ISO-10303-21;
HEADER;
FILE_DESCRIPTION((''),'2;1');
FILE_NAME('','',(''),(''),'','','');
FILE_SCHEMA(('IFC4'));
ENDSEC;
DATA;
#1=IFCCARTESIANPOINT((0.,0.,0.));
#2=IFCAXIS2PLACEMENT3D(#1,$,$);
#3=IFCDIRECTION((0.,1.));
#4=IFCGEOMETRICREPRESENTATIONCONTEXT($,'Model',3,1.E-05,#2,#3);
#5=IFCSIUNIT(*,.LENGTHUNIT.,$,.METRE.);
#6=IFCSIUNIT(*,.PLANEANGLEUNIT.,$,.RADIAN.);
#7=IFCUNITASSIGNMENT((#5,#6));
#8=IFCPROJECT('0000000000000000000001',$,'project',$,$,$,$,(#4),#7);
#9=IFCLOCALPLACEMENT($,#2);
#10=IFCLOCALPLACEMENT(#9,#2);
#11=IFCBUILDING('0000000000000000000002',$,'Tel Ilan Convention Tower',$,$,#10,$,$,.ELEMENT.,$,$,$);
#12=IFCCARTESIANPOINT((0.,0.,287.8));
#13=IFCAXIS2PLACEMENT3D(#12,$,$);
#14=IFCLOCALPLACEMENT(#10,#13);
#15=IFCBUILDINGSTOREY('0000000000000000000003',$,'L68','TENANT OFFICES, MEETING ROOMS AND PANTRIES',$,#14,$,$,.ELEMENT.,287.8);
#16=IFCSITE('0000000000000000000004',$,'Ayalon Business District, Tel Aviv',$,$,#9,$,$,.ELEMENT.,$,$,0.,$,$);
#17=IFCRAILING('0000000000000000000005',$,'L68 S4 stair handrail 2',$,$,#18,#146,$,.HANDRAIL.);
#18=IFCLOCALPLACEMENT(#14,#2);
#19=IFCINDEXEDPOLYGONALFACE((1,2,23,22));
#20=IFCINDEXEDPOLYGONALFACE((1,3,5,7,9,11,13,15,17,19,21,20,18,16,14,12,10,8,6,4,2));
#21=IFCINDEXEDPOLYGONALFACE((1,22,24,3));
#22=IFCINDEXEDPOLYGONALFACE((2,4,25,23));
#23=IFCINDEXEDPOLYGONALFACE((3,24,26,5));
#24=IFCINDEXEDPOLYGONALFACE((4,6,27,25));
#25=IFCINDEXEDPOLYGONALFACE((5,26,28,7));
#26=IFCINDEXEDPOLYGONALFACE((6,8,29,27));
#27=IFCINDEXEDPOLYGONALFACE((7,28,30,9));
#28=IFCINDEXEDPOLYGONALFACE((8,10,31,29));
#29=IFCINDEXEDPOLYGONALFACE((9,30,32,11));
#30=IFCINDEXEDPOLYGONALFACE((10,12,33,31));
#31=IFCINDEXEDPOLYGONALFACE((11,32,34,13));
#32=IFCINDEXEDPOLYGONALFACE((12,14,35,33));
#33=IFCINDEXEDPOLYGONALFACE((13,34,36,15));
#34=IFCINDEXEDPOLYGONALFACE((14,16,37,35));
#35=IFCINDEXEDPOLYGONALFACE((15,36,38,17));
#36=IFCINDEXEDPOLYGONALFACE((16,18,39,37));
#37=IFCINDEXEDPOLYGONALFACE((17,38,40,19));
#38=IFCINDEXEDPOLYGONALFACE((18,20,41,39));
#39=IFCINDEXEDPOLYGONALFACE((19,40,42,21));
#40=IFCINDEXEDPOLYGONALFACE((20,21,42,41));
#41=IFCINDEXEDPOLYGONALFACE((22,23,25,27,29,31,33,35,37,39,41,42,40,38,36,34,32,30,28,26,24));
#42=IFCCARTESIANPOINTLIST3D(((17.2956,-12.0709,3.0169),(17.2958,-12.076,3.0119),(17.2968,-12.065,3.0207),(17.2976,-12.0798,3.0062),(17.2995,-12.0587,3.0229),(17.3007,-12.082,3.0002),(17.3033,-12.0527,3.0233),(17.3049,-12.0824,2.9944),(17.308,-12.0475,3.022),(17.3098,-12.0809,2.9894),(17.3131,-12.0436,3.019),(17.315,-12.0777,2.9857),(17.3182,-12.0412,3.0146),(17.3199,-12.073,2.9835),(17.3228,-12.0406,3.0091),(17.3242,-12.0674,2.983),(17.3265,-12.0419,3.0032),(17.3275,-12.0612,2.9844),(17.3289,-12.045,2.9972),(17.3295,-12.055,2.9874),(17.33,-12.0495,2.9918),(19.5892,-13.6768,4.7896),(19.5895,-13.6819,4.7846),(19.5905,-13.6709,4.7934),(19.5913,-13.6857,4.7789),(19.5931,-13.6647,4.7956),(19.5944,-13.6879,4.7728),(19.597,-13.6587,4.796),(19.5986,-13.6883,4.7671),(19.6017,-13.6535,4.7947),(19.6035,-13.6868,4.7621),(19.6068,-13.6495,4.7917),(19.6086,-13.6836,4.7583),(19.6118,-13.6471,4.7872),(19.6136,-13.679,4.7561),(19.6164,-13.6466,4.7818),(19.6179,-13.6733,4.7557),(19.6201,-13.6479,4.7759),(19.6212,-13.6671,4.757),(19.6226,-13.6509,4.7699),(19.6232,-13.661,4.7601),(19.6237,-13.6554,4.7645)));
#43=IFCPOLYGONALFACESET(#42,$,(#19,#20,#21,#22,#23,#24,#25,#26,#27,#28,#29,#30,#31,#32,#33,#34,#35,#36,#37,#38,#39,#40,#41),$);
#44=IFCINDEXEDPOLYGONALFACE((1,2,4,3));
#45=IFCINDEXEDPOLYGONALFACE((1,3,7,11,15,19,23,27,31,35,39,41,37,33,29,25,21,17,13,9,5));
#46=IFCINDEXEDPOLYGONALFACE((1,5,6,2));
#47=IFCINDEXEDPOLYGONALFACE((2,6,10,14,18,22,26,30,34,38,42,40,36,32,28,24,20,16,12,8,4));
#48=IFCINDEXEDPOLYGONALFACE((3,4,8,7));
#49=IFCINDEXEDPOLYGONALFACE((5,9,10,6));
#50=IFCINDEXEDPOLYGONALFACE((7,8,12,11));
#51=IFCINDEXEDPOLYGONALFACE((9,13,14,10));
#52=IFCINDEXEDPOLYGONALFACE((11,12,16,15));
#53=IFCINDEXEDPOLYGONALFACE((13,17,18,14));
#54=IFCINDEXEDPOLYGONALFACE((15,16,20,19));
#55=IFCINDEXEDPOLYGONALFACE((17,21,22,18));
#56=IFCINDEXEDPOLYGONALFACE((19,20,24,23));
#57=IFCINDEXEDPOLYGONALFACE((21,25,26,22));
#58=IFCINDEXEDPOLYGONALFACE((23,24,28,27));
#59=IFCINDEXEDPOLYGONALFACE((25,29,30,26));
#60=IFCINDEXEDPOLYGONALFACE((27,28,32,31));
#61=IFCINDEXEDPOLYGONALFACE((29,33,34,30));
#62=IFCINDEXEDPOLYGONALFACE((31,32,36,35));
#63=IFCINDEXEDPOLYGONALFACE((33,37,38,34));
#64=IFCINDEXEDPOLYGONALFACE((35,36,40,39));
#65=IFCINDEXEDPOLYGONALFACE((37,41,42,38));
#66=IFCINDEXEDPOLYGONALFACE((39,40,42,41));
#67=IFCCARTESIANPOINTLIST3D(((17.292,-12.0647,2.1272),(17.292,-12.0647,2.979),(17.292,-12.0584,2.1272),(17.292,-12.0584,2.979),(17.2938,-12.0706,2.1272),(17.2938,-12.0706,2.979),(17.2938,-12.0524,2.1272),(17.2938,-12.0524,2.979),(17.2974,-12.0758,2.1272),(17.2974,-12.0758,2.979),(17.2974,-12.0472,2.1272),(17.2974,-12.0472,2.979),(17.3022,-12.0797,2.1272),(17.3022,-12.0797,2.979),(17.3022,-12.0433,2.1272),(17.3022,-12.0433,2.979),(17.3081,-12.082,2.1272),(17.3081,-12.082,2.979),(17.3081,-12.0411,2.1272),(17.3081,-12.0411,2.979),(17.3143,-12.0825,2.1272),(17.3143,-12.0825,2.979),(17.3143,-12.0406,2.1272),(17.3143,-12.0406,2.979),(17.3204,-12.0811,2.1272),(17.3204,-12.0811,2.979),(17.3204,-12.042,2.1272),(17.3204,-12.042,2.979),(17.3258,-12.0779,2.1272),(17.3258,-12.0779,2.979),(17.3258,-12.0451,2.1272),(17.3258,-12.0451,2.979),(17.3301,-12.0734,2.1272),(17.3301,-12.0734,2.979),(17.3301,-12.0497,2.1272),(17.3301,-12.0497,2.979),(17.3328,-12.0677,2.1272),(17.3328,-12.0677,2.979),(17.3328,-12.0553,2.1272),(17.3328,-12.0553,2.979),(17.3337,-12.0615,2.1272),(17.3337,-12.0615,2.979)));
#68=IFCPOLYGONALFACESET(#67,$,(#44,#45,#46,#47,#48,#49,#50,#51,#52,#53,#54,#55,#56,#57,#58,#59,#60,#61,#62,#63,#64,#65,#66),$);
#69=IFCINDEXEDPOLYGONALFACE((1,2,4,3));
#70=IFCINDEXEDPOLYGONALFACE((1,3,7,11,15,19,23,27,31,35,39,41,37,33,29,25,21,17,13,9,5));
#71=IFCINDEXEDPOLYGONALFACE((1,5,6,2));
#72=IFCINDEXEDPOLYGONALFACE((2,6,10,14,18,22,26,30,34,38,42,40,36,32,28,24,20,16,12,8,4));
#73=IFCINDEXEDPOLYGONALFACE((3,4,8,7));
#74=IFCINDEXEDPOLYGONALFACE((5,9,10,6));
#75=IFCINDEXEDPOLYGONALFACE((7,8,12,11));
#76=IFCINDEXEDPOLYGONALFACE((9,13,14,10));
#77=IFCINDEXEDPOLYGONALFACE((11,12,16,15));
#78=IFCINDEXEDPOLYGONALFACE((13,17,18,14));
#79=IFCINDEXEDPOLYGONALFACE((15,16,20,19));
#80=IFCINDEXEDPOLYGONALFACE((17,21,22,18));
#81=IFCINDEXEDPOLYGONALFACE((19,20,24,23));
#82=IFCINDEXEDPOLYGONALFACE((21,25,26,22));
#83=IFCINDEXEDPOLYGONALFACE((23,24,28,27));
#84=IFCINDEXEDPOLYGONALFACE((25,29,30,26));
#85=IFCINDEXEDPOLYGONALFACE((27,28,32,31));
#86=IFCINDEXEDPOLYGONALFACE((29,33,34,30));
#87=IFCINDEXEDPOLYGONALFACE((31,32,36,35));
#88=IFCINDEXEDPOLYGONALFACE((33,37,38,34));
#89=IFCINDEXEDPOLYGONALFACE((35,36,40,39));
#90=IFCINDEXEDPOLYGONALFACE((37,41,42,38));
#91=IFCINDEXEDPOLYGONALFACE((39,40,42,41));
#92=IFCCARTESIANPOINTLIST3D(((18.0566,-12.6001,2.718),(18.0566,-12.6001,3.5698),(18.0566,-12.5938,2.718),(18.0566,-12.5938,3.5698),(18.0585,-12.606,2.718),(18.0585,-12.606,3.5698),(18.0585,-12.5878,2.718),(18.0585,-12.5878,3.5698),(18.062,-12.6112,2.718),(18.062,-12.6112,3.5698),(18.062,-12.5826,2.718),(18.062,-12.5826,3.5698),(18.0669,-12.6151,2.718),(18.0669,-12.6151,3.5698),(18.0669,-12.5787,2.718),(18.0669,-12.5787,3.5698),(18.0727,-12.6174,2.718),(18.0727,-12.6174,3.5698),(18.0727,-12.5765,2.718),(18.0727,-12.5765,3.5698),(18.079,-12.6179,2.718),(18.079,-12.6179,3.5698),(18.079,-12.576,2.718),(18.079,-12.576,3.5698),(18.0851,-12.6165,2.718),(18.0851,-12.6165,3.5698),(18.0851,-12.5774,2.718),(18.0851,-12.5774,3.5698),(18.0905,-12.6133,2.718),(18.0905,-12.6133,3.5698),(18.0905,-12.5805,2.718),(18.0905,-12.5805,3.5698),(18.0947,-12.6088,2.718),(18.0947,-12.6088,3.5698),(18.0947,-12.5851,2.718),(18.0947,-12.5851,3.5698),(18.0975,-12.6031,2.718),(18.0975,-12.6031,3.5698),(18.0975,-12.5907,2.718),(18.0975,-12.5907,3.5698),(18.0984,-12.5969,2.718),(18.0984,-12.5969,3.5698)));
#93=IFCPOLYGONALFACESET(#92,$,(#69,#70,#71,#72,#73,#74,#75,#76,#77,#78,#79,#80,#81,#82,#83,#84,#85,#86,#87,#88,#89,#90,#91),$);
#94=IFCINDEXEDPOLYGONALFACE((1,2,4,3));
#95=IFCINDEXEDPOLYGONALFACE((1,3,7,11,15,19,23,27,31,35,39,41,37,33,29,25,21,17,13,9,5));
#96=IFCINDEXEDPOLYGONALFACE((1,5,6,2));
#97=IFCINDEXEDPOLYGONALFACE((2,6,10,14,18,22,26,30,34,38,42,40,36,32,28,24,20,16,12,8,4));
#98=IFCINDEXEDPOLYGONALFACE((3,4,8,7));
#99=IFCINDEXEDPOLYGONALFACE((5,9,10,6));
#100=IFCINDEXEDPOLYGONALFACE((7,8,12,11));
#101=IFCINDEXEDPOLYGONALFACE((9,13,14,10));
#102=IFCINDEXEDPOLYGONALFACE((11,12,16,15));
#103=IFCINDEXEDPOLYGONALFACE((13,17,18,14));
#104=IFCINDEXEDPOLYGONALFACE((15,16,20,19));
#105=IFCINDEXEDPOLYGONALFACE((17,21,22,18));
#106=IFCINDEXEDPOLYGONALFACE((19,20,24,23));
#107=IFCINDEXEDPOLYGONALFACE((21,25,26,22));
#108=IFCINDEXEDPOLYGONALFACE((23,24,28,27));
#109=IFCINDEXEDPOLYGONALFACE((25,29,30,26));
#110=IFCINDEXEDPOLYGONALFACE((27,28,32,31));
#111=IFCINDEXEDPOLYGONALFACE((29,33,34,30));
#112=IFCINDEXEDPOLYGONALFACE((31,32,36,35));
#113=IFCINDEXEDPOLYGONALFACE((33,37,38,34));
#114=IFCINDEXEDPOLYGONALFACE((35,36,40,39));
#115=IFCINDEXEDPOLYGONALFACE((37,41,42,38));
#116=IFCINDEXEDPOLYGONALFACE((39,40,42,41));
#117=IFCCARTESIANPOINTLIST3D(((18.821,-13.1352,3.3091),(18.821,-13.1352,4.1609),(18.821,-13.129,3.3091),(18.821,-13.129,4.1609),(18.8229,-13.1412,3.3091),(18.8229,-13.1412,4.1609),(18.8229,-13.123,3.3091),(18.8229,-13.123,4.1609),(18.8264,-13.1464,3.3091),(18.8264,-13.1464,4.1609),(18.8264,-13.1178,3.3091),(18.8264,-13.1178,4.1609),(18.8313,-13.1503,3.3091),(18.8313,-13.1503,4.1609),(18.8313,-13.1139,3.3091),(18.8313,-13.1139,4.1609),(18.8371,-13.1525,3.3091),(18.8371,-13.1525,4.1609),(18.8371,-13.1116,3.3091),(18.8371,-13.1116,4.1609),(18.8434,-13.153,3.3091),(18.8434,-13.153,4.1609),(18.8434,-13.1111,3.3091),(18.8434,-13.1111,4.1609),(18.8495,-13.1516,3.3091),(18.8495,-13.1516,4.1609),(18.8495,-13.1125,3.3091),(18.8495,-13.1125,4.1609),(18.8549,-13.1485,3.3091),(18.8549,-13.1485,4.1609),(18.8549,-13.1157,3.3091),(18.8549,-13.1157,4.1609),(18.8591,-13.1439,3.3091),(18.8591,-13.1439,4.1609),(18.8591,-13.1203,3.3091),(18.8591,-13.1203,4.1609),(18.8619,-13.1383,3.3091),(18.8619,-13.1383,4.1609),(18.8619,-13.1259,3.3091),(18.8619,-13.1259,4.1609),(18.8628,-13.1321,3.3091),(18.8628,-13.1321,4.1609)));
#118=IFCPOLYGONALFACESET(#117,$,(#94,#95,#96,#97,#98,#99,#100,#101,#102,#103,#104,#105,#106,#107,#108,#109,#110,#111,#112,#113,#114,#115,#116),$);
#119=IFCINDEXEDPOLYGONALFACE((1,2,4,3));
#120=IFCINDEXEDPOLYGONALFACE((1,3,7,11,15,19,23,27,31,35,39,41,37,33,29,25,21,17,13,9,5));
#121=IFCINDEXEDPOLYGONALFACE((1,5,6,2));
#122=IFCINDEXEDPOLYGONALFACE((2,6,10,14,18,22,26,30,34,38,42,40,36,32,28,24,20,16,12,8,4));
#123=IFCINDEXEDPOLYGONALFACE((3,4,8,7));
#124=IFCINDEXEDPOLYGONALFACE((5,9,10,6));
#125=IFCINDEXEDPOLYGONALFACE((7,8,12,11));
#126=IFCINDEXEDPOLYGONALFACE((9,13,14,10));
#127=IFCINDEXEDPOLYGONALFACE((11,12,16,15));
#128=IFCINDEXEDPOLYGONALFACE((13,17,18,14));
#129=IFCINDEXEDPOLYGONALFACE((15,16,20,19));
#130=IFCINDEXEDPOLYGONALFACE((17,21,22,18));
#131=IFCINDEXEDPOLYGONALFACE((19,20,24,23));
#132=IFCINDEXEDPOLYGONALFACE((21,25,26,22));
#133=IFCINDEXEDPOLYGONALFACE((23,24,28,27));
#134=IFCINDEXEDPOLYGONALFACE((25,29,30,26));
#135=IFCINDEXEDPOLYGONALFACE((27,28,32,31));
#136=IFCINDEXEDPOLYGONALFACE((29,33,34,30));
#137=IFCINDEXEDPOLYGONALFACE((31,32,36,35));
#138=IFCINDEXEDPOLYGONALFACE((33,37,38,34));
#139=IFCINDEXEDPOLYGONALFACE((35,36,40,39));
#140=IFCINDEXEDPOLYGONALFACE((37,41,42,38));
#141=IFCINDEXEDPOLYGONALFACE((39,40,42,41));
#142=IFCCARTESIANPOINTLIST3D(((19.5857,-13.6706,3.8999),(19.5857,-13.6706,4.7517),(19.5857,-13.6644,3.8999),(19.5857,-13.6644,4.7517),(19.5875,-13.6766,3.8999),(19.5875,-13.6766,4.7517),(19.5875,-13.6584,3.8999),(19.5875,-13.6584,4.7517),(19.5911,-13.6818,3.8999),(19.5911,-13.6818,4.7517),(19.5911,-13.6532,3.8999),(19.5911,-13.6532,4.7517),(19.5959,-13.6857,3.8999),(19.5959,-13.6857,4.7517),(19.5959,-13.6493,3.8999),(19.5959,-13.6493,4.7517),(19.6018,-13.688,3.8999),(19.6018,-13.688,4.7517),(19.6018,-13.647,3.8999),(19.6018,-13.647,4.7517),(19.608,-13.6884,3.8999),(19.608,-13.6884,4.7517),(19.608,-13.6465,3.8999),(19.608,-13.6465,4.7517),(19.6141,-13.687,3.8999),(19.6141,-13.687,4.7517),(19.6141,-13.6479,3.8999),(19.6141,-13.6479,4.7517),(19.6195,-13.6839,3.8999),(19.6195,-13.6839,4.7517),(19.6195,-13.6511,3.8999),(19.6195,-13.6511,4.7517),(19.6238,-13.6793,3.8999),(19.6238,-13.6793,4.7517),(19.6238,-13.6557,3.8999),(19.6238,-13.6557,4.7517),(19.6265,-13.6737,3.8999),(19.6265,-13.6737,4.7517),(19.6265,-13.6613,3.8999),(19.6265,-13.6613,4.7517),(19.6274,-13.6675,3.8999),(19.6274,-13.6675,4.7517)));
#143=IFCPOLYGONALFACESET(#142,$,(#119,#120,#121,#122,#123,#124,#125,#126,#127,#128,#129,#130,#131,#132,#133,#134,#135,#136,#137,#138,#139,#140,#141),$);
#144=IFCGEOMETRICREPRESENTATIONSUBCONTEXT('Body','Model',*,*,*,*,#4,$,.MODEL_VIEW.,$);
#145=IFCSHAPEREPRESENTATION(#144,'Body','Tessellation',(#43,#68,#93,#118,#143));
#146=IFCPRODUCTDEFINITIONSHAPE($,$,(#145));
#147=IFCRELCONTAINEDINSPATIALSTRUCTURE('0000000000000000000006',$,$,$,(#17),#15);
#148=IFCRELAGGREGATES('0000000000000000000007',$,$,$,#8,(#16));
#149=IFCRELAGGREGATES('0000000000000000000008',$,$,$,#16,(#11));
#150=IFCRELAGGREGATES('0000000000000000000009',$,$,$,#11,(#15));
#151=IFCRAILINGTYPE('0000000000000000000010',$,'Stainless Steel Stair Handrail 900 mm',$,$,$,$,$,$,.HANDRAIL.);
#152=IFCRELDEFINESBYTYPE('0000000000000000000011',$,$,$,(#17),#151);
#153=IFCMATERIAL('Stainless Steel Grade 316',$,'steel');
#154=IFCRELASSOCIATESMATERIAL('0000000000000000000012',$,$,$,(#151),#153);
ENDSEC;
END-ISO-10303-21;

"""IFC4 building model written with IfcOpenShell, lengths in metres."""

from ifc_helpers import new_model, si_unit, direction, frame, origin, origin_2d, place, context, subcontext, project, spatial, circle, extrude, material, type_object, element, save


model = new_model("IFC4")

# Units and contexts
model_context = context("Model", 3, precision=1e-05, world=origin(), true_north=direction((0.0, 1.0)))
body_context = subcontext(model_context, "Body", "Model", "MODEL_VIEW")
ifc_project = project(units=[si_unit("LENGTHUNIT", "METRE"), si_unit("PLANEANGLEUNIT", "RADIAN")], contexts=[model_context])

# Site, building, storey
site_placement = place(None, origin())
site = spatial("IfcSite", under=ifc_project, at=site_placement, Name="Ayalon Business District, Tel Aviv", CompositionType="ELEMENT", RefElevation=0.0)
building_placement = place(site_placement, origin())
building = spatial("IfcBuilding", under=site, at=building_placement, Name="Tel Ilan Convention Tower", CompositionType="ELEMENT")
storey_placement = place(building_placement, frame((0.0, 0.0, 287.8)))
storey = spatial("IfcBuildingStorey", under=building, at=storey_placement, Name="L68", Description="TENANT OFFICES, MEETING ROOMS AND PANTRIES", CompositionType="ELEMENT", Elevation=287.8)

# Railing
ifc_material_1 = material(Name="Stainless Steel Grade 316", Category="steel")
railing_type = type_object("IfcRailingType", Name="Stainless Steel Stair Handrail 900 mm", PredefinedType="HANDRAIL", material=ifc_material_1)
railing_placement = place(storey_placement, frame((17.3127, -12.0615, 2.1272)))
element("IfcRailing", 1, at=railing_placement, inside=storey, type_object=railing_type, Name="L68 S4 stair handrail 2", PredefinedType="HANDRAIL", context=body_context, shape_type="SweptSolid", body=[
    extrude(circle(Radius=0.0239, at=origin_2d()), frame((0.0, 0.0, 0.876), z_axis=(0.692123, -0.484597, 0.534913), x_axis=(0.57355, 0.81917, 0.0)), (0.0, 0.0, 1.0), 3.314),
    extrude(circle(Radius=0.021, at=origin_2d()), origin(), (0.0, 0.0, 1.0), 0.8518),
    extrude(circle(Radius=0.021, at=origin_2d()), frame((0.7646, -0.5354, 0.5908)), (0.0, 0.0, 1.0), 0.8518),
    extrude(circle(Radius=0.021, at=origin_2d()), frame((1.5291, -1.0706, 1.1819)), (0.0, 0.0, 1.0), 0.8518),
    extrude(circle(Radius=0.021, at=origin_2d()), frame((2.2937, -1.606, 1.7727)), (0.0, 0.0, 1.0), 0.8518),
])

save(model, "model.ifc")
